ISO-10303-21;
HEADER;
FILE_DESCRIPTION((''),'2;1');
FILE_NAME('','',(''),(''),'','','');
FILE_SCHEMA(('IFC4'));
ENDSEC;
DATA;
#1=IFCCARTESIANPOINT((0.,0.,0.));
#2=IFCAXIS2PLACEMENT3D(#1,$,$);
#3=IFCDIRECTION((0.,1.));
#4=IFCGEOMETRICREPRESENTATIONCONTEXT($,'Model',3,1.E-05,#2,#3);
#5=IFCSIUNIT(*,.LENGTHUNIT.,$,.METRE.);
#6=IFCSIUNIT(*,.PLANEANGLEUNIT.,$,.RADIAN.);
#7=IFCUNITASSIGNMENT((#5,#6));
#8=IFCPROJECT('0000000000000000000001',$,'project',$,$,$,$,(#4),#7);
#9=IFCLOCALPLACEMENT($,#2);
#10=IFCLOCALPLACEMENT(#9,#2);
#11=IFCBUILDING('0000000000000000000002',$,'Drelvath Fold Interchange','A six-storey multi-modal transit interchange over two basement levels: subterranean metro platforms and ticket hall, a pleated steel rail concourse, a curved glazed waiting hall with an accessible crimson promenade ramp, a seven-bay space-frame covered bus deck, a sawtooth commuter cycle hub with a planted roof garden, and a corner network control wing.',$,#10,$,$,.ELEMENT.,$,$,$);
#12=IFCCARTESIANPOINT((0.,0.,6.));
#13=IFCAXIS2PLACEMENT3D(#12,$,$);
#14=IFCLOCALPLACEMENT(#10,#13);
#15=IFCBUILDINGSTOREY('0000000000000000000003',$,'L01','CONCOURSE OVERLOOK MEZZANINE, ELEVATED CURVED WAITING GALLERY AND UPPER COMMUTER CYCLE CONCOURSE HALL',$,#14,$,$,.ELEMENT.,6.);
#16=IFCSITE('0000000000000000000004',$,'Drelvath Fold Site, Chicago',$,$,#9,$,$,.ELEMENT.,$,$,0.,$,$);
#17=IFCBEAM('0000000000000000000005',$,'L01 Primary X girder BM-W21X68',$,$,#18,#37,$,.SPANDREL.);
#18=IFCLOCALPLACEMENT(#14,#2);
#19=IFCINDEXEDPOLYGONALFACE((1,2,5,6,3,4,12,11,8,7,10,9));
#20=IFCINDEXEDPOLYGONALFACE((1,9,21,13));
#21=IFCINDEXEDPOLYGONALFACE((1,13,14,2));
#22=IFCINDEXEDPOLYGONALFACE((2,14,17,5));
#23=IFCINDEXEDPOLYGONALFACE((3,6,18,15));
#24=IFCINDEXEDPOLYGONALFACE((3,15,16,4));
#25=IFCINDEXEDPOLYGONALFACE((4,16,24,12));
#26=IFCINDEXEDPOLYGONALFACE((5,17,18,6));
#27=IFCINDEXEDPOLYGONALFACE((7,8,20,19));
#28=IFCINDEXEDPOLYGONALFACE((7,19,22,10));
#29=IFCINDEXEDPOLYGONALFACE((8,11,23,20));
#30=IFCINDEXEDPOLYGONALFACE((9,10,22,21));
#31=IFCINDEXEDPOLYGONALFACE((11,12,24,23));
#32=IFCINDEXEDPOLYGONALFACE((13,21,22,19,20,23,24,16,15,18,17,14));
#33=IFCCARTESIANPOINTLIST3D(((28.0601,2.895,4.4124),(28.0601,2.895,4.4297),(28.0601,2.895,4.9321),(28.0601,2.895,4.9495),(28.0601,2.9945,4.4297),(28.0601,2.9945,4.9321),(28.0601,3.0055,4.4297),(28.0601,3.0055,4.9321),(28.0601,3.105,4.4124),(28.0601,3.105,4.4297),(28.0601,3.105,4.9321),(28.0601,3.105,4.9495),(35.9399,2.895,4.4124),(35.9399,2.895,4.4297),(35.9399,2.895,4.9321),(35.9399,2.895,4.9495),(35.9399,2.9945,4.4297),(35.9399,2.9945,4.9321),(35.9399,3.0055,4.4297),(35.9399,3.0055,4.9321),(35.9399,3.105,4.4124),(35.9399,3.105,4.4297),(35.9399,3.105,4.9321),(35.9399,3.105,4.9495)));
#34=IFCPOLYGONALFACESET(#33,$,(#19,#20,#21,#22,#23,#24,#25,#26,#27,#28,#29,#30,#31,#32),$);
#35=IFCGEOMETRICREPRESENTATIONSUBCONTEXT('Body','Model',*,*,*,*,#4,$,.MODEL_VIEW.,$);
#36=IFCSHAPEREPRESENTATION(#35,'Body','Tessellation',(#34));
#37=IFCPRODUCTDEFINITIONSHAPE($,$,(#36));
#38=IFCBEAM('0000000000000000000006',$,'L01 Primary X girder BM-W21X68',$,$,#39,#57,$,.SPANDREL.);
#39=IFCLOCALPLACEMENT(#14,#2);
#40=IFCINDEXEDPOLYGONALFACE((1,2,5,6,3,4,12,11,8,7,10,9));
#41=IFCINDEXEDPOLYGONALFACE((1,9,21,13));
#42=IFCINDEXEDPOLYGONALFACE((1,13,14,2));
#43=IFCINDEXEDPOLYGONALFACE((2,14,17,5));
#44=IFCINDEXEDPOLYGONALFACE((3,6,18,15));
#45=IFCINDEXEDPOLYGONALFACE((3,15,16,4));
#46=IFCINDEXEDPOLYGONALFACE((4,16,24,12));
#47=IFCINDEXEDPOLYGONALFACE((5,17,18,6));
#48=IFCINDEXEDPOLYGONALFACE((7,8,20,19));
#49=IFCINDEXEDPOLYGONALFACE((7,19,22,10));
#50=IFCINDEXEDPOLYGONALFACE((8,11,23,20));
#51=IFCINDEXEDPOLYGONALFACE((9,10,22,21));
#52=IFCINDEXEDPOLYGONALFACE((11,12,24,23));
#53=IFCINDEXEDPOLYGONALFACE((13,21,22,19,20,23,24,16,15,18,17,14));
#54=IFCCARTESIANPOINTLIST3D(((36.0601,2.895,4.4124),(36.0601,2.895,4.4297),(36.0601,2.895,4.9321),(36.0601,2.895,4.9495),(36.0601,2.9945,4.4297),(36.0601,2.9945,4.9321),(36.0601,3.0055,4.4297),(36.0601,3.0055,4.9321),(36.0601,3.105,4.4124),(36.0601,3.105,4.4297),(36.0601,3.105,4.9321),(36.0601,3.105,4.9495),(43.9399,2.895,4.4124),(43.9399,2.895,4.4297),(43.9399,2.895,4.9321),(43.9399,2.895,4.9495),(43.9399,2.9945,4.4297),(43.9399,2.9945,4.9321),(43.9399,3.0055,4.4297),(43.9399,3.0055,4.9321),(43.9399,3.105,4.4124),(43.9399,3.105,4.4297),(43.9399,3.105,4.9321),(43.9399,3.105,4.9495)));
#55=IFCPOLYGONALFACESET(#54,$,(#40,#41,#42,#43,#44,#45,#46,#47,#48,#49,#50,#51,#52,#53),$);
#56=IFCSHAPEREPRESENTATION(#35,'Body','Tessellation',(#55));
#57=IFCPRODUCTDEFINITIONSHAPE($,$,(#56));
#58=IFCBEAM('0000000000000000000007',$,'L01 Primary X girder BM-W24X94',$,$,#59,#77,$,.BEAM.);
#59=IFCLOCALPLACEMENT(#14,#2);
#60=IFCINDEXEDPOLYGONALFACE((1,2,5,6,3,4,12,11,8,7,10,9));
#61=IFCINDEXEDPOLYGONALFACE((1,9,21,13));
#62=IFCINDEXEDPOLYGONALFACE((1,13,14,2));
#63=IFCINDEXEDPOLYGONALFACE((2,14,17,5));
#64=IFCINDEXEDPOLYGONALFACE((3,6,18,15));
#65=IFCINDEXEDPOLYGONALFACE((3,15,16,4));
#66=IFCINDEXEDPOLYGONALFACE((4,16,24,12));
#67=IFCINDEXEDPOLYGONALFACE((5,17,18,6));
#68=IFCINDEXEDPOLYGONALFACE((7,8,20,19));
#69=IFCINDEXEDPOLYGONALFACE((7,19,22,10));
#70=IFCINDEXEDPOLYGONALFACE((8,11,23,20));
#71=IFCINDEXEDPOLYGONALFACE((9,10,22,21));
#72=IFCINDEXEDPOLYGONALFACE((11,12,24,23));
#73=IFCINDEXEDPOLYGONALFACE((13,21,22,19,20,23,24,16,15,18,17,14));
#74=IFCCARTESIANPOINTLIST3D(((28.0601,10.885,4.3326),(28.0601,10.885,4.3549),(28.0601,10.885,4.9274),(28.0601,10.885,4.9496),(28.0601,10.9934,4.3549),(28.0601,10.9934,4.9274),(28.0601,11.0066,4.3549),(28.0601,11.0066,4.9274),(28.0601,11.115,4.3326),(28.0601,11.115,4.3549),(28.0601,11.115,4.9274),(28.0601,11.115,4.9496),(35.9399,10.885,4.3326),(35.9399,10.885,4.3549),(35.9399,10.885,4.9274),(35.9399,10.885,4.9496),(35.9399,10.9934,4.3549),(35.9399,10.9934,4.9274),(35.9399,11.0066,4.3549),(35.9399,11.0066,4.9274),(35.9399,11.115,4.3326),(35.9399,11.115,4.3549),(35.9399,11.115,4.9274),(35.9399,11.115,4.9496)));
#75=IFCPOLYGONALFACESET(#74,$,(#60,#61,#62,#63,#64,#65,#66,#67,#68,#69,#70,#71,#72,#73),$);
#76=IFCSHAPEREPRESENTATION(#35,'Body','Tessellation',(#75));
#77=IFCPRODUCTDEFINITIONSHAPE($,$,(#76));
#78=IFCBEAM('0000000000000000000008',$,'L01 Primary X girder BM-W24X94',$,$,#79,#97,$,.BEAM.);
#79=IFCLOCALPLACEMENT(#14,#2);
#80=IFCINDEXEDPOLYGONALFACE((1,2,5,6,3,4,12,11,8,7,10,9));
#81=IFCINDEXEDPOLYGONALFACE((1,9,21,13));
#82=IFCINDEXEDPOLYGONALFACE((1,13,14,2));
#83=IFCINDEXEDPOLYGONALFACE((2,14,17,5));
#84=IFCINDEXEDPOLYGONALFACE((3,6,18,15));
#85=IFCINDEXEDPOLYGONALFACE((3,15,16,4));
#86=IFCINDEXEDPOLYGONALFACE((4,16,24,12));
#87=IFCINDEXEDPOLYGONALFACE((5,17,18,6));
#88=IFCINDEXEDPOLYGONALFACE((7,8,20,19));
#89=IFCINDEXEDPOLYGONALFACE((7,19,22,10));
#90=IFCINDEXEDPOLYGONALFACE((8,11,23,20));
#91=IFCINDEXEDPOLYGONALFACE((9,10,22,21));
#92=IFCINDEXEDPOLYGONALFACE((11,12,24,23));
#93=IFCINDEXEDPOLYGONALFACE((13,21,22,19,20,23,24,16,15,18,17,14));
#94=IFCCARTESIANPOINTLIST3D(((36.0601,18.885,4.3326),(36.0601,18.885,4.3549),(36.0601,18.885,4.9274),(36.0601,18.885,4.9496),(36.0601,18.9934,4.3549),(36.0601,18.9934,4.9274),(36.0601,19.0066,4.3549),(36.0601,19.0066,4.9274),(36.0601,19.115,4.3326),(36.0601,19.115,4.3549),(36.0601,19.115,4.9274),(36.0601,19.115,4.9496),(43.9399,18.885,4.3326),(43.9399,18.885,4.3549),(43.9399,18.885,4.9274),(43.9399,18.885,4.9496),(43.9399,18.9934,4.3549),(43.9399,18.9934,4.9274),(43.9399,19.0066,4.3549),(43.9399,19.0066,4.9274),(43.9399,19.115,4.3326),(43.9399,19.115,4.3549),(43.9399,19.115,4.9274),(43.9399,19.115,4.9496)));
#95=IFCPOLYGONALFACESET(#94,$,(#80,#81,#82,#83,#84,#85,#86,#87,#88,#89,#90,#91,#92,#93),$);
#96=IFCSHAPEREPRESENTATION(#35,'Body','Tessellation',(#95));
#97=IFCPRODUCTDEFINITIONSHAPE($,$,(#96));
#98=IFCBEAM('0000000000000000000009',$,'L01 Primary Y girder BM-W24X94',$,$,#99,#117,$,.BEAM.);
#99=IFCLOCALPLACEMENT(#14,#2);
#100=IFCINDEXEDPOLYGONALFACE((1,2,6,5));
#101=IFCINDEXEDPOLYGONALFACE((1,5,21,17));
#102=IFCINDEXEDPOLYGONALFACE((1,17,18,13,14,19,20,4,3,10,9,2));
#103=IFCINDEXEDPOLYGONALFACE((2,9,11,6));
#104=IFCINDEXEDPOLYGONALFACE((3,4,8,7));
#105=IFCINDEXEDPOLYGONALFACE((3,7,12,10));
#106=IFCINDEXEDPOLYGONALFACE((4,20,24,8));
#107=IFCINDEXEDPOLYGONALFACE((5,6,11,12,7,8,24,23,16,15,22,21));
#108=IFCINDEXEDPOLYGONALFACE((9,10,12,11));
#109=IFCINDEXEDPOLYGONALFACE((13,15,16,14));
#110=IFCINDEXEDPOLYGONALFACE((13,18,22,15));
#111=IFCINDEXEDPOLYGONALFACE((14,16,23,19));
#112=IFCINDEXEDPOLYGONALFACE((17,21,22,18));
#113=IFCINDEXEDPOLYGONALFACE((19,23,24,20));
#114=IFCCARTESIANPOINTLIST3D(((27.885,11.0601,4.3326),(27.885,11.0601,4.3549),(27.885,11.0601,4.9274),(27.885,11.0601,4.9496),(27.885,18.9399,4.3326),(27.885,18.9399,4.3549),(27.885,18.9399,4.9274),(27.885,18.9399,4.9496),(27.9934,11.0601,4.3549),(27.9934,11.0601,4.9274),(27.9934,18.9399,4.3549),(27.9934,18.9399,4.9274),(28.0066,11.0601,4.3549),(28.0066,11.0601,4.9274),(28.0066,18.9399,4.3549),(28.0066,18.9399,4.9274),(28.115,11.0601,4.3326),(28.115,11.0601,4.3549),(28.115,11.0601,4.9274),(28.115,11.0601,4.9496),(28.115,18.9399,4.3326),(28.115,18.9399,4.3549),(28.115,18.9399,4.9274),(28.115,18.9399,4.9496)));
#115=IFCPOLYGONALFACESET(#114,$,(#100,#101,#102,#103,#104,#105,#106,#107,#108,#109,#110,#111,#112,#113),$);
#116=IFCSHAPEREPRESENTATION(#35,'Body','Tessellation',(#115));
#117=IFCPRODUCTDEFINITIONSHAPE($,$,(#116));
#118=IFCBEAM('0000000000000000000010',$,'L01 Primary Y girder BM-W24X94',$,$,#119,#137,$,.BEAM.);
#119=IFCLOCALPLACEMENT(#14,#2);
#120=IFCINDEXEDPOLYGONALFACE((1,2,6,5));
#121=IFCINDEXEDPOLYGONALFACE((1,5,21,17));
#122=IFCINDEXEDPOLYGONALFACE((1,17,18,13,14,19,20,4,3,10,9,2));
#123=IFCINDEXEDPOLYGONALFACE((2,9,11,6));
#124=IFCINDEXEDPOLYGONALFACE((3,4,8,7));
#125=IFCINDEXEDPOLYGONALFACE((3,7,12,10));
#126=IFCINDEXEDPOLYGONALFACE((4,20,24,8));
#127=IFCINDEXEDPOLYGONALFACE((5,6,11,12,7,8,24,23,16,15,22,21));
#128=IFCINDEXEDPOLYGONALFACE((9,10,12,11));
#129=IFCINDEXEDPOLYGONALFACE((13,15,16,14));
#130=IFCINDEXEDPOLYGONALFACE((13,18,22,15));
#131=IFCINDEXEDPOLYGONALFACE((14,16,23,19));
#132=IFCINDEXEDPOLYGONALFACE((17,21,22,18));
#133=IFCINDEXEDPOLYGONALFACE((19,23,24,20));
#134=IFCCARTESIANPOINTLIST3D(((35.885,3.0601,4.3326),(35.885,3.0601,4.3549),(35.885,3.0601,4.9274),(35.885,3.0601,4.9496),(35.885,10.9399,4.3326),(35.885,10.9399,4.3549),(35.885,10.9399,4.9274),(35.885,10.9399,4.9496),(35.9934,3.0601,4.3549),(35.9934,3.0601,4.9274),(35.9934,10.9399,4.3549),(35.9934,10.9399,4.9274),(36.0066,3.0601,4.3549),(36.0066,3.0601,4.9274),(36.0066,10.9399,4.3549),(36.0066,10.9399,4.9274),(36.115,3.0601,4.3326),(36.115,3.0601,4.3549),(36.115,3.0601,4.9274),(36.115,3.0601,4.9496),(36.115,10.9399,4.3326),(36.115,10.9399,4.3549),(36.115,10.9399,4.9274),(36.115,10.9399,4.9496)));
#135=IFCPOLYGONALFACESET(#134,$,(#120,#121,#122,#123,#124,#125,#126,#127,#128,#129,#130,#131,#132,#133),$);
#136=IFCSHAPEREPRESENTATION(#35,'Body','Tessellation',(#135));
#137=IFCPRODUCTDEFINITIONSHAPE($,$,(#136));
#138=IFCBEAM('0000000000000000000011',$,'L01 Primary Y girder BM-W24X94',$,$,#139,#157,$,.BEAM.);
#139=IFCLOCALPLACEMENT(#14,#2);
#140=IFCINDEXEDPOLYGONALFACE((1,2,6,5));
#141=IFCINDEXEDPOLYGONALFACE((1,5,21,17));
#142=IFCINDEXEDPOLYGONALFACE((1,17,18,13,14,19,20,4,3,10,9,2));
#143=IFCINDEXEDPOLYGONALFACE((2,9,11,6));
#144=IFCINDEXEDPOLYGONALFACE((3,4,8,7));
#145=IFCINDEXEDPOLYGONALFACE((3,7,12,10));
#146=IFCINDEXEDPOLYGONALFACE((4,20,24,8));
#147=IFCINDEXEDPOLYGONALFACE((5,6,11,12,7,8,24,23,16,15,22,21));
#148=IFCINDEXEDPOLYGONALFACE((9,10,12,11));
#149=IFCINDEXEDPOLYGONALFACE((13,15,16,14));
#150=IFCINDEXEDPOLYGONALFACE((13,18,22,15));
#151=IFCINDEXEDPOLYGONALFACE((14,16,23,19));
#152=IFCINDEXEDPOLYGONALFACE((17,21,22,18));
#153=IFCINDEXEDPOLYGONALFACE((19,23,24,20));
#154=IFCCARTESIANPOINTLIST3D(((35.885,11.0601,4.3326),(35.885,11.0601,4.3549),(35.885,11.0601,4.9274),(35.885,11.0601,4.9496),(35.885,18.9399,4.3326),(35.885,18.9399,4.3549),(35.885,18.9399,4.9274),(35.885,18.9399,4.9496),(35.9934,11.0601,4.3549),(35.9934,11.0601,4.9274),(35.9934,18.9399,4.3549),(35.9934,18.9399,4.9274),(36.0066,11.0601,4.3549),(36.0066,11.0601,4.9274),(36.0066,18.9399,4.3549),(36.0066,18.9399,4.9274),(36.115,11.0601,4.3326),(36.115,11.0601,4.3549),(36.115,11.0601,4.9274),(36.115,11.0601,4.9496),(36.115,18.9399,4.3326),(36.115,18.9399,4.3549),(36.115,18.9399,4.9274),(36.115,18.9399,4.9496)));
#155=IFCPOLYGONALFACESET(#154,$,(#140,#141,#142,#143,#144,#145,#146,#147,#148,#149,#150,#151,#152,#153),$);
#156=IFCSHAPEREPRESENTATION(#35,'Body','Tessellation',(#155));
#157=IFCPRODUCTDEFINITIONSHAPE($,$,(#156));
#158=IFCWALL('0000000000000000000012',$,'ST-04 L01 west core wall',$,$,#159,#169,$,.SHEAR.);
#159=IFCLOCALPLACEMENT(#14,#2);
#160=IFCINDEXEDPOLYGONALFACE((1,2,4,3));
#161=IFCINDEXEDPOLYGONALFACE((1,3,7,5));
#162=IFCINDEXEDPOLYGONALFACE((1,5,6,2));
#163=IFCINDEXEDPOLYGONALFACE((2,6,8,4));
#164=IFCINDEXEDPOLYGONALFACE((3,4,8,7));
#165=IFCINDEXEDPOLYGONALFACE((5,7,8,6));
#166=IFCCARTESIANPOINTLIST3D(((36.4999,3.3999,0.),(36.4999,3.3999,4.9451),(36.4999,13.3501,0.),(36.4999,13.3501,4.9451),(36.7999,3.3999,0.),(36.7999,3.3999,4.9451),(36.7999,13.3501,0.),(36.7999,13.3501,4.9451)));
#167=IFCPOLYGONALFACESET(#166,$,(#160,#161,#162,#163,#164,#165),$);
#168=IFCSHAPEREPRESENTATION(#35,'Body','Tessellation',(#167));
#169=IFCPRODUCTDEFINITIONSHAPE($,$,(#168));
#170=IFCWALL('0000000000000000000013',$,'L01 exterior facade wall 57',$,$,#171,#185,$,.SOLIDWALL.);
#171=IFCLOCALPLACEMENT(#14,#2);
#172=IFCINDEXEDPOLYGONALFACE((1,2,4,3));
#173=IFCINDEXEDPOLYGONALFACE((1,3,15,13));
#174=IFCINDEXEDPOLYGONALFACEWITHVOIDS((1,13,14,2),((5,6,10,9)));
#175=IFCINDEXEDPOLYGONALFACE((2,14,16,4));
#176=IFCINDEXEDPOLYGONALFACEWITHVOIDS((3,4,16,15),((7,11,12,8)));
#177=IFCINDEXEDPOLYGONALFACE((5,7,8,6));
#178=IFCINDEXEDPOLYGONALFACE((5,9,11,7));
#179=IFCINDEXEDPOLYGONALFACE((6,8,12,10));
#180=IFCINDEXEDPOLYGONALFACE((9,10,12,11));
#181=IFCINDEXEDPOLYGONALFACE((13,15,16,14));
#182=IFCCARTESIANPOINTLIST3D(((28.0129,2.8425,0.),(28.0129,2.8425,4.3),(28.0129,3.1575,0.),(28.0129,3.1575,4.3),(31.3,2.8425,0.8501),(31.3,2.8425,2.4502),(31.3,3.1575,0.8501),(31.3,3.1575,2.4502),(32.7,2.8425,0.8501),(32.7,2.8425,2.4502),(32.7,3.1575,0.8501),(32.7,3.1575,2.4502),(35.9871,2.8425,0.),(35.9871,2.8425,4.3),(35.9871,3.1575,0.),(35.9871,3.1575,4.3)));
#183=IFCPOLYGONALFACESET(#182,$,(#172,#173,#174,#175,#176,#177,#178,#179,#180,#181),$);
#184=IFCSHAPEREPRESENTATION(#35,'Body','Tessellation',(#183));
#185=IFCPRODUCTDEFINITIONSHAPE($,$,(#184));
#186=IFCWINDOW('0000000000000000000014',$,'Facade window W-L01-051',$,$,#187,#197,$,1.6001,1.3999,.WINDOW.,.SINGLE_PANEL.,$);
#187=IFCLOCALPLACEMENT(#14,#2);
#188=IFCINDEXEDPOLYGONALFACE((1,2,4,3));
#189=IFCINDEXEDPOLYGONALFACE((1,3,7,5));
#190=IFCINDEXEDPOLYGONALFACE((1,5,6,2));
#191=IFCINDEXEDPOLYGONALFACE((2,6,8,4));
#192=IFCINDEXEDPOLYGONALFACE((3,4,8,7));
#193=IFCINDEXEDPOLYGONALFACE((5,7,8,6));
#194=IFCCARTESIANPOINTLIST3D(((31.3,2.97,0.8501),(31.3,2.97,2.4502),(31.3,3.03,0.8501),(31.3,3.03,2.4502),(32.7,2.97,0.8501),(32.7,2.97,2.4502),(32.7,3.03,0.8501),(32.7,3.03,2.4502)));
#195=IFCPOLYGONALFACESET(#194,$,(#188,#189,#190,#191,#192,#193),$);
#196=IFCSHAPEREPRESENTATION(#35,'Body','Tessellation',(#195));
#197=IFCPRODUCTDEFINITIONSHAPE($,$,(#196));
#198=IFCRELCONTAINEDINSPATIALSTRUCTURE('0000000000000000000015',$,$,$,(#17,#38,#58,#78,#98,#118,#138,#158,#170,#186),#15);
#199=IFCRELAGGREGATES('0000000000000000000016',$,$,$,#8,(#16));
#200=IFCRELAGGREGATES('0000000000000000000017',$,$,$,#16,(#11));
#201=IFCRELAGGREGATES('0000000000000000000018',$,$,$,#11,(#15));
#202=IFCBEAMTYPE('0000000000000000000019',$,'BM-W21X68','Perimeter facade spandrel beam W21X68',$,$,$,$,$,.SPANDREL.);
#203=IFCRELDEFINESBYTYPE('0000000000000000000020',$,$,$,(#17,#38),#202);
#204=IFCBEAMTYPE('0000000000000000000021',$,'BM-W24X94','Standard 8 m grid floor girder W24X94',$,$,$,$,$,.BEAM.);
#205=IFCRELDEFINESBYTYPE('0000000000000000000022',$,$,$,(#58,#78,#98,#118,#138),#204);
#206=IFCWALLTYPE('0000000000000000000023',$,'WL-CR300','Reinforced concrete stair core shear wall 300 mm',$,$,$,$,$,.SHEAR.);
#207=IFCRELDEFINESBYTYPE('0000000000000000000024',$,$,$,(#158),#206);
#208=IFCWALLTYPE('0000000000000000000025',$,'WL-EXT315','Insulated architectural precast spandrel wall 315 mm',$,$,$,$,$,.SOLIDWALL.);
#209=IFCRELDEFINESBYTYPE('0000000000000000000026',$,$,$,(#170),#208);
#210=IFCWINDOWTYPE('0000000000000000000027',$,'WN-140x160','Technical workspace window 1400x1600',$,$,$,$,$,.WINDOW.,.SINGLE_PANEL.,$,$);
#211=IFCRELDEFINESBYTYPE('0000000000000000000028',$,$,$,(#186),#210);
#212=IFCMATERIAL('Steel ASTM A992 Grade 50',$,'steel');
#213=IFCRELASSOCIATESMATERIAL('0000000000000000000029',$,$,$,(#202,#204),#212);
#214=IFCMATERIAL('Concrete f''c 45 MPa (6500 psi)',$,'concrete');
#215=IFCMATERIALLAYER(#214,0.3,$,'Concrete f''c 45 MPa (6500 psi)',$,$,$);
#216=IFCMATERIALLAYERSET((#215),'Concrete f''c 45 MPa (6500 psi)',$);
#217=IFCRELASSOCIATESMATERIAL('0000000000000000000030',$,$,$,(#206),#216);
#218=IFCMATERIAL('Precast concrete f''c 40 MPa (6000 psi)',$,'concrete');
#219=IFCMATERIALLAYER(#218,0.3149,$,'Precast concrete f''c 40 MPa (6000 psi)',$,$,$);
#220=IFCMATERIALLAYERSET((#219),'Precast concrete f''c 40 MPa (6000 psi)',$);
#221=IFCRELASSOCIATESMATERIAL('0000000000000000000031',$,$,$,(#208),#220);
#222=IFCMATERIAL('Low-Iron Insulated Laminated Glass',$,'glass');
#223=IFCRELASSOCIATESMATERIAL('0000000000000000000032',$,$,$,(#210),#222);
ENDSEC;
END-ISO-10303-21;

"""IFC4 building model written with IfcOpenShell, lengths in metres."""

from ifc_helpers import new_model, si_unit, direction, frame, frame_2d, origin, origin_2d, place, context, subcontext, project, spatial, rectangle, i_section, extrude, material, layer, layer_set, material_profile, profile_set, type_object, element, fill, save


model = new_model("IFC4")

# Units and contexts
model_context = context("Model", 3, precision=1e-05, world=origin(), true_north=direction((0.0, 1.0)))
body_context = subcontext(model_context, "Body", "Model", "MODEL_VIEW")
ifc_project = project(units=[si_unit("LENGTHUNIT", "METRE"), si_unit("PLANEANGLEUNIT", "RADIAN")], contexts=[model_context])

# Site, building, storey
site_placement = place(None, origin())
site = spatial("IfcSite", under=ifc_project, at=site_placement, Name="Drelvath Fold Site, Chicago", CompositionType="ELEMENT", RefElevation=0.0)
building_placement = place(site_placement, origin())
building = spatial("IfcBuilding", under=site, at=building_placement, Name="Drelvath Fold Interchange", Description="A six-storey multi-modal transit interchange over two basement levels: subterranean metro platforms and ticket hall, a pleated steel rail concourse, a curved glazed waiting hall with an accessible crimson promenade ramp, a seven-bay space-frame covered bus deck, a sawtooth commuter cycle hub with a planted roof garden, and a corner network control wing.", CompositionType="ELEMENT")
storey_placement = place(building_placement, frame((0.0, 0.0, 6.0)))
storey = spatial("IfcBuildingStorey", under=building, at=storey_placement, Name="L01", Description="CONCOURSE OVERLOOK MEZZANINE, ELEVATED CURVED WAITING GALLERY AND UPPER COMMUTER CYCLE CONCOURSE HALL", CompositionType="ELEMENT", Elevation=6.0)

# Shared definitions
ifc_material_1 = material(Name="Steel ASTM A992 Grade 50", Category="steel")

# Beams
ifc_material_profile_1 = material_profile(ifc_material_1, i_section(OverallWidth=0.21, OverallDepth=0.5371, WebThickness=0.011, FlangeThickness=0.0173, at=origin_2d()), Name="W21X68")
ifc_profile_set_1 = profile_set([ifc_material_profile_1], Name="Steel ASTM A992 Grade 50")
beam_type_1 = type_object("IfcBeamType", Name="BM-W21X68", Description="Perimeter facade spandrel beam W21X68", PredefinedType="SPANDREL", material=ifc_profile_set_1)
for number, where, z_axis, x_axis, name in (
    (1, (28.0601, 3.0, 4.6809), (1.0, 0.0, 0.0), (0.0, 1.0, 0.0), "L01 Primary X girder BM-W21X68"),
    (2, (36.0601, 3.0, 4.6809), (1.0, 0.0, 0.0), (0.0, 1.0, 0.0), "L01 Primary X girder BM-W21X68"),
):
    element("IfcBeam", number, at=place(storey_placement, frame(where, z_axis=z_axis, x_axis=x_axis)), inside=storey, type_object=beam_type_1, Name=name, PredefinedType="SPANDREL", context=body_context, shape_type="SweptSolid", body=[
        extrude(i_section(OverallWidth=0.21, OverallDepth=0.5371, WebThickness=0.011, FlangeThickness=0.0173, at=origin_2d()), origin(), (0.0, 0.0, 1.0), 7.8799),
    ])
ifc_material_profile_2 = material_profile(ifc_material_1, i_section(OverallWidth=0.23, OverallDepth=0.6169, WebThickness=0.0132, FlangeThickness=0.0222, at=origin_2d()), Name="W24X94")
ifc_profile_set_2 = profile_set([ifc_material_profile_2], Name="Steel ASTM A992 Grade 50")
beam_type_2 = type_object("IfcBeamType", Name="BM-W24X94", Description="Standard 8 m grid floor girder W24X94", PredefinedType="BEAM", material=ifc_profile_set_2)
for number, where, z_axis, x_axis, name in (
    (3, (28.0601, 11.0, 4.6411), (1.0, 0.0, 0.0), (0.0, 1.0, 0.0), "L01 Primary X girder BM-W24X94"),
    (4, (36.0601, 19.0, 4.6411), (1.0, 0.0, 0.0), (0.0, 1.0, 0.0), "L01 Primary X girder BM-W24X94"),
    (5, (28.0, 11.0601, 4.6411), (0.0, 1.0, 0.0), (-1.0, 0.0, 0.0), "L01 Primary Y girder BM-W24X94"),
    (6, (36.0, 3.0601, 4.6411), (0.0, 1.0, 0.0), (-1.0, 0.0, 0.0), "L01 Primary Y girder BM-W24X94"),
    (7, (36.0, 11.0601, 4.6411), (0.0, 1.0, 0.0), (-1.0, 0.0, 0.0), "L01 Primary Y girder BM-W24X94"),
):
    element("IfcBeam", number, at=place(storey_placement, frame(where, z_axis=z_axis, x_axis=x_axis)), inside=storey, type_object=beam_type_2, Name=name, PredefinedType="BEAM", context=body_context, shape_type="SweptSolid", body=[
        extrude(i_section(OverallWidth=0.23, OverallDepth=0.6169, WebThickness=0.0132, FlangeThickness=0.0222, at=origin_2d()), origin(), (0.0, 0.0, 1.0), 7.8799),
    ])

# Wall
ifc_material_2 = material(Name="Concrete f'c 45 MPa (6500 psi)", Category="concrete")
ifc_layer_1 = layer(ifc_material_2, 0.3, Name="Concrete f'c 45 MPa (6500 psi)")
ifc_layer_set_1 = layer_set([ifc_layer_1], Name="Concrete f'c 45 MPa (6500 psi)")
wall_type_1 = type_object("IfcWallType", Name="WL-CR300", Description="Reinforced concrete stair core shear wall 300 mm", PredefinedType="SHEAR", material=ifc_layer_set_1)
wall_1_placement = place(storey_placement, frame((36.6499, 13.3501, 0.0), z_axis=(0.0, 0.0, 1.0), x_axis=(0.0, -1.0, 0.0)))
element("IfcWall", 8, at=wall_1_placement, inside=storey, type_object=wall_type_1, Name="ST-04 L01 west core wall", PredefinedType="SHEAR", context=body_context, shape_type="SweptSolid", body=[
    extrude(rectangle(XDim=9.9502, YDim=0.3, at=frame_2d((4.9751, 0.0))), origin(), (0.0, 0.0, 1.0), 4.9451),
])

# Wall, opening, window
ifc_material_3 = material(Name="Precast concrete f'c 40 MPa (6000 psi)", Category="concrete")
ifc_layer_2 = layer(ifc_material_3, 0.3149, Name="Precast concrete f'c 40 MPa (6000 psi)")
ifc_layer_set_2 = layer_set([ifc_layer_2], Name="Precast concrete f'c 40 MPa (6000 psi)")
wall_type_2 = type_object("IfcWallType", Name="WL-EXT315", Description="Insulated architectural precast spandrel wall 315 mm", PredefinedType="SOLIDWALL", material=ifc_layer_set_2)
wall_2_placement = place(storey_placement, frame((28.0129, 3.0, 0.0), z_axis=(0.0, 0.0, 1.0), x_axis=(1.0, 0.0, 0.0)))
wall_2 = element("IfcWall", 9, at=wall_2_placement, inside=storey, type_object=wall_type_2, Name="L01 exterior facade wall 57", PredefinedType="SOLIDWALL", context=body_context, shape_type="SweptSolid", body=[
    extrude(rectangle(XDim=7.9741, YDim=0.3149, at=frame_2d((3.9871, 0.0))), origin(), (0.0, 0.0, 1.0), 4.3),
])
opening_1_placement = place(wall_2_placement, frame((3.2871, 0.0, 0.8501)))
opening_1 = element("IfcOpeningElement", 10, at=opening_1_placement, cuts=wall_2, PredefinedType="OPENING", context=body_context, shape_type="SweptSolid", body=[
    extrude(rectangle(XDim=1.3999, YDim=1.6001, at=frame_2d((0.7, 0.8))), frame((0.0, 0.1675, 0.0), z_axis=(0.0, -1.0, 0.0), x_axis=(1.0, 0.0, 0.0)), (0.0, 0.0, 1.0), 0.335),
])
ifc_material_4 = material(Name="Low-Iron Insulated Laminated Glass", Category="glass")
window_type = type_object("IfcWindowType", Name="WN-140x160", Description="Technical workspace window 1400x1600", PartitioningType="SINGLE_PANEL", PredefinedType="WINDOW", material=ifc_material_4)
window_placement = place(opening_1_placement, origin())
window = element("IfcWindow", 11, at=window_placement, inside=storey, type_object=window_type, Name="Facade window W-L01-051", OverallHeight=1.6001, OverallWidth=1.3999, PartitioningType="SINGLE_PANEL", PredefinedType="WINDOW", context=body_context, shape_type="SweptSolid", body=[
    extrude(rectangle(XDim=1.3999, YDim=1.6001, at=frame_2d((0.7, 0.8))), frame((0.0, 0.03, 0.0), z_axis=(0.0, -1.0, 0.0), x_axis=(1.0, 0.0, 0.0)), (0.0, 0.0, 1.0), 0.0601),
])
fill(opening_1, window)

save(model, "model.ifc")
